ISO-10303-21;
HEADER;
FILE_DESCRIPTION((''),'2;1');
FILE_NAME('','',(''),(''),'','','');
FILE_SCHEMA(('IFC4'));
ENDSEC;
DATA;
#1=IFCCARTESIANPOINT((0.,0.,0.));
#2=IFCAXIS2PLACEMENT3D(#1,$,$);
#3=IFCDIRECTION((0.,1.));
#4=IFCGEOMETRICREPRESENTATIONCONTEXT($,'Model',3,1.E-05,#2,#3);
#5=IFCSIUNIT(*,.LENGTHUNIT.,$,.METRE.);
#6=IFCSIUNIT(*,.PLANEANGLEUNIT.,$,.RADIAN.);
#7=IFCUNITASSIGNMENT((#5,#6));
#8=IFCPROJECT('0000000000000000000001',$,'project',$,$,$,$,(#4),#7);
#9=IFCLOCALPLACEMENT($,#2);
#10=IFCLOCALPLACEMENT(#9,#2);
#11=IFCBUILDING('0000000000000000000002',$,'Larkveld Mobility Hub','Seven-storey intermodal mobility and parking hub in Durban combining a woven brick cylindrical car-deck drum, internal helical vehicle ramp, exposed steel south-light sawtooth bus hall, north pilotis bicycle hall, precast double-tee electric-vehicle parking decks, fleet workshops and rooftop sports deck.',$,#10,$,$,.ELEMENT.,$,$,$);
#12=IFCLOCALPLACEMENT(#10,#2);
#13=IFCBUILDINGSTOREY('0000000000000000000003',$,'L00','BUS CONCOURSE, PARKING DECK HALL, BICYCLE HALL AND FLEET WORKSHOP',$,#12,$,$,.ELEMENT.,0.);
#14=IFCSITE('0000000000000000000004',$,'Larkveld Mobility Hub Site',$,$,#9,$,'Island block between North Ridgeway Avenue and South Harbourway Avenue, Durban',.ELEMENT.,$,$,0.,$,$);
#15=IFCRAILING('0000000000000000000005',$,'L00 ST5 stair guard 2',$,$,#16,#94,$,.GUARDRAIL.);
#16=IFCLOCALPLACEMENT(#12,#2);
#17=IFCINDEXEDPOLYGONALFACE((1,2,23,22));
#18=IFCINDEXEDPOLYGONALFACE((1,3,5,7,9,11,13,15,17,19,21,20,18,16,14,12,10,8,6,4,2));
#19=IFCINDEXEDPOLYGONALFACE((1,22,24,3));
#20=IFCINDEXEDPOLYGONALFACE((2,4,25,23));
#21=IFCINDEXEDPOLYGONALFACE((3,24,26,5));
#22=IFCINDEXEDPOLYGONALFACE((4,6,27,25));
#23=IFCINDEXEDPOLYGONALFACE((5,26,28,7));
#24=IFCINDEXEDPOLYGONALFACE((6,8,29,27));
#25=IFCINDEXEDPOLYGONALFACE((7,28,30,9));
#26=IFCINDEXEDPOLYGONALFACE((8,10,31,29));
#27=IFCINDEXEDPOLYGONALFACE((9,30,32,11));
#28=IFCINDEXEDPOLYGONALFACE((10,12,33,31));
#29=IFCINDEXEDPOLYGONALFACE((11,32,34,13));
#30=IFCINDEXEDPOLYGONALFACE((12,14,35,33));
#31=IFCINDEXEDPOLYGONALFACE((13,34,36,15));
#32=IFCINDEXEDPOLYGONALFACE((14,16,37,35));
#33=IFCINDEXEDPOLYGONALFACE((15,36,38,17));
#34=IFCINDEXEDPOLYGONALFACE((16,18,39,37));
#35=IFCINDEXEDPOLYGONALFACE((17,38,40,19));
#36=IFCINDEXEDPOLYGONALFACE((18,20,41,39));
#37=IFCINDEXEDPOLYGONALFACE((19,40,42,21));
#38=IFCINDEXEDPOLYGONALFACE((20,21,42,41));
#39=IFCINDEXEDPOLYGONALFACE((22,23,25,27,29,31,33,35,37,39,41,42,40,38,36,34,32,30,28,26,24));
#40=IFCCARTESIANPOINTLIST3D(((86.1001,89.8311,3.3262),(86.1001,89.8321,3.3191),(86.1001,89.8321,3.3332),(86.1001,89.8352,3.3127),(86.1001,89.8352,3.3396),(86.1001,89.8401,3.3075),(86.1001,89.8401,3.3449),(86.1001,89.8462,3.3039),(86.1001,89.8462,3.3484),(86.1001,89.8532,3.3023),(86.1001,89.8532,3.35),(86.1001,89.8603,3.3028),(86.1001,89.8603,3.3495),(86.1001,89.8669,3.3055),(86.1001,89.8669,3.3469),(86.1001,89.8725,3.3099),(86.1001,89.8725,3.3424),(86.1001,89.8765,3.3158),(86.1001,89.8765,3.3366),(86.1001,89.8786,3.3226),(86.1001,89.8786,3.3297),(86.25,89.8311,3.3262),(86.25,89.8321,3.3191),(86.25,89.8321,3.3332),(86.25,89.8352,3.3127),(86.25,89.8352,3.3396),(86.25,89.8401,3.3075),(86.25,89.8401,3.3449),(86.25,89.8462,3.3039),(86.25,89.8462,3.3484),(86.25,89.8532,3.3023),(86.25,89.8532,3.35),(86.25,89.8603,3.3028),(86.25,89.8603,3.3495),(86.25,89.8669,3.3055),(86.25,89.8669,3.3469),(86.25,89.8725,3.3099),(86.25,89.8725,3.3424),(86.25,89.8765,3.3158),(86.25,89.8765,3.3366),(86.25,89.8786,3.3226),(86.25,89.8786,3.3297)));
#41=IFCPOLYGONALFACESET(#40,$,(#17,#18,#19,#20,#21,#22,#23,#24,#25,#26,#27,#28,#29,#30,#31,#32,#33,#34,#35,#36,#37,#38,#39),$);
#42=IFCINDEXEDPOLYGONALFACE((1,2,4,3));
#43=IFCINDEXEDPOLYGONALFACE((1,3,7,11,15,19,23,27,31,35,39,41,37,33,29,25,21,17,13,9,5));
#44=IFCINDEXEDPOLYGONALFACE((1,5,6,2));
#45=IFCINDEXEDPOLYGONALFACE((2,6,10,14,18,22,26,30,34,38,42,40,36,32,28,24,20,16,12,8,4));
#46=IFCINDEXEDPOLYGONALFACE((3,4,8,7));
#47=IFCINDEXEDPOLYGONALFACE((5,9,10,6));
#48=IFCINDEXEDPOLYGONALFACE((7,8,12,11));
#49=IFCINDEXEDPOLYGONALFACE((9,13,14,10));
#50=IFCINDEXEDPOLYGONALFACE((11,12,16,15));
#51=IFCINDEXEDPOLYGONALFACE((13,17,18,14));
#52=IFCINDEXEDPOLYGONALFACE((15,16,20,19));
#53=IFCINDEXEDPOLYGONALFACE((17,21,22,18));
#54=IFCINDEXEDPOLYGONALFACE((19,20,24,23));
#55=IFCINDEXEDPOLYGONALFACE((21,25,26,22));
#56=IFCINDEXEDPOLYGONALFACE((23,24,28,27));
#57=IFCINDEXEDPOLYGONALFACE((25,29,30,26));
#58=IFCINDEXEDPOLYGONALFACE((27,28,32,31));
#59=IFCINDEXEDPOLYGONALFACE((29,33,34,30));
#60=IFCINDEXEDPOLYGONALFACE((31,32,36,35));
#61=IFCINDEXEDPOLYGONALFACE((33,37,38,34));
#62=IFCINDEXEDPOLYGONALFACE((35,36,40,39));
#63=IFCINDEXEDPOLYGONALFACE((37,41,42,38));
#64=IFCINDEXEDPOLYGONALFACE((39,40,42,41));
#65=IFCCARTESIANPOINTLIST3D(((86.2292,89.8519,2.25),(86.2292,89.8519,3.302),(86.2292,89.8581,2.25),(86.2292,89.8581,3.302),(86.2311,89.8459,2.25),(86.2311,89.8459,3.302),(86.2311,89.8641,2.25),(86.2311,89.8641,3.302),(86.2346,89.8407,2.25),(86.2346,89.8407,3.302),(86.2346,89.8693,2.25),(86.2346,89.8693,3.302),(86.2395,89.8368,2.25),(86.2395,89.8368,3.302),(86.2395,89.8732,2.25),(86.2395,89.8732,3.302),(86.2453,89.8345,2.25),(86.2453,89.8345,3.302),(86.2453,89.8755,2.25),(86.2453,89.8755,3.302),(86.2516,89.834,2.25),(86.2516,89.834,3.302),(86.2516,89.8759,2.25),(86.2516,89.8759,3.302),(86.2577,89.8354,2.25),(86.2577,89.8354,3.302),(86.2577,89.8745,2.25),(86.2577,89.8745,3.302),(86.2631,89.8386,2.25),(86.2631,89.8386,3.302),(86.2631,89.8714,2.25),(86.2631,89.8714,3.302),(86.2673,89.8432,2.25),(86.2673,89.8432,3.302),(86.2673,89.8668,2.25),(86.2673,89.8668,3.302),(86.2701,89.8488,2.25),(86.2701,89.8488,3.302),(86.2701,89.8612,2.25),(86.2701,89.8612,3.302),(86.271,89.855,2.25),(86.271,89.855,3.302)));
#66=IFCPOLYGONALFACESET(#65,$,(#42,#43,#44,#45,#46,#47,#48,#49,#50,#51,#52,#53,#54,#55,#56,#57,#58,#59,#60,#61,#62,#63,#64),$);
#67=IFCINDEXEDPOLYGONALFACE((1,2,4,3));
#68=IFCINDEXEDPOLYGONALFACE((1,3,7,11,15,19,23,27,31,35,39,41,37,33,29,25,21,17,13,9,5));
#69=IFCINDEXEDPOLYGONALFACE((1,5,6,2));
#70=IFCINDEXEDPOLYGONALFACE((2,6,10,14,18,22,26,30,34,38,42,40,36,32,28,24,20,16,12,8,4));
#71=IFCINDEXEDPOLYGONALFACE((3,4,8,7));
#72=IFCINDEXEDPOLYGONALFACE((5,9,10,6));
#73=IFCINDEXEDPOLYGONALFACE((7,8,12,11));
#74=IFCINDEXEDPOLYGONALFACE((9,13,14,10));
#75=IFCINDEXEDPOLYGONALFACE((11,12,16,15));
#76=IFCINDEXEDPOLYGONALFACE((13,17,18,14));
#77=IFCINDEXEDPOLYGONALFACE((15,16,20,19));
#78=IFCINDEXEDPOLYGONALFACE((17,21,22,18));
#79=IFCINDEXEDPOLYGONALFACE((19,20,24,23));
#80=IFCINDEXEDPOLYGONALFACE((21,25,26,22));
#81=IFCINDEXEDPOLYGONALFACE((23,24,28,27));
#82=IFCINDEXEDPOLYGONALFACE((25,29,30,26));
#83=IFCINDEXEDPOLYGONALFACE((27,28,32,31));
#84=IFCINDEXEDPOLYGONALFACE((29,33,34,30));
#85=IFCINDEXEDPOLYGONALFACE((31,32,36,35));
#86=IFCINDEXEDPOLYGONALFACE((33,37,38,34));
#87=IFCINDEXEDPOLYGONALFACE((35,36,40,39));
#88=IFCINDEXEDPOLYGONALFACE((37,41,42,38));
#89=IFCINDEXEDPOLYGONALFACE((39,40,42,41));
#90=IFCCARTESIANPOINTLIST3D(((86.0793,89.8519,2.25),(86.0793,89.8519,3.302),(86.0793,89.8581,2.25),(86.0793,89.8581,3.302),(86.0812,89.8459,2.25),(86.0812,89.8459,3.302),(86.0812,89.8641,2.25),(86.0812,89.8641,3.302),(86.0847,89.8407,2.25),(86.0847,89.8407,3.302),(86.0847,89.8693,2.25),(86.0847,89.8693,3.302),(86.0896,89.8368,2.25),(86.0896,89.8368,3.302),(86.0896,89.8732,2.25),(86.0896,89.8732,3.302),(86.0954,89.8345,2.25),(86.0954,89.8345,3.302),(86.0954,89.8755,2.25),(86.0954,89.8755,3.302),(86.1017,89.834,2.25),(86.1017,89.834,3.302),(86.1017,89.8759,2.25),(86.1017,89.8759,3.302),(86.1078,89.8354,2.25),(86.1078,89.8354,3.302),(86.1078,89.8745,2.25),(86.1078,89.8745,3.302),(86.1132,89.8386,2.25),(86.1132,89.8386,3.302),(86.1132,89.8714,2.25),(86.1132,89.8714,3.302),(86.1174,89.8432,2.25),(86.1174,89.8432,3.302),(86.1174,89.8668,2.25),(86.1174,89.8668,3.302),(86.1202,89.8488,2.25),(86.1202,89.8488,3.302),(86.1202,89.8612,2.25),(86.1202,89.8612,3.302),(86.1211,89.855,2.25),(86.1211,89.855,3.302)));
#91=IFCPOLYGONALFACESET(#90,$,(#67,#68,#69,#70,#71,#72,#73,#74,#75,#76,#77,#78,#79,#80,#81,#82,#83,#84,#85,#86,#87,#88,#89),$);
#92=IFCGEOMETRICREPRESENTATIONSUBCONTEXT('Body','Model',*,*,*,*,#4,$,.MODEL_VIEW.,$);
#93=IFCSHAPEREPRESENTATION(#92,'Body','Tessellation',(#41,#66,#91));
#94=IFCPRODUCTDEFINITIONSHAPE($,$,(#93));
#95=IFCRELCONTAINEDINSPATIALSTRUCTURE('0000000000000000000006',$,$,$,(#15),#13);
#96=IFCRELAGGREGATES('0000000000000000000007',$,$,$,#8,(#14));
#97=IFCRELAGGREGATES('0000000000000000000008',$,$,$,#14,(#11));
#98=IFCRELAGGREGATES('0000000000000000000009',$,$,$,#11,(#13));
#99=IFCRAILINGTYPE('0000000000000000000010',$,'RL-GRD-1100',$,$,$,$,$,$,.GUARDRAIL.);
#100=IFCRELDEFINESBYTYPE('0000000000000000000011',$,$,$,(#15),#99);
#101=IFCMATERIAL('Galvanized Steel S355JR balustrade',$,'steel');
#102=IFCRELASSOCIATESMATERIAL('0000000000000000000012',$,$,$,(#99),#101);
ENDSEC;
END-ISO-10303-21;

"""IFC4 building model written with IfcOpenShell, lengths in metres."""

from ifc_helpers import new_model, si_unit, direction, frame, origin, origin_2d, place, context, subcontext, project, spatial, circle, extrude, material, type_object, element, save


model = new_model("IFC4")

# Units and contexts
model_context = context("Model", 3, precision=1e-05, world=origin(), true_north=direction((0.0, 1.0)))
body_context = subcontext(model_context, "Body", "Model", "MODEL_VIEW")
ifc_project = project(units=[si_unit("LENGTHUNIT", "METRE"), si_unit("PLANEANGLEUNIT", "RADIAN")], contexts=[model_context])

# Site, building, storey
site_placement = place(None, origin())
site = spatial("IfcSite", under=ifc_project, at=site_placement, Name="Larkveld Mobility Hub Site", LongName="Island block between North Ridgeway Avenue and South Harbourway Avenue, Durban", CompositionType="ELEMENT", RefElevation=0.0)
building_placement = place(site_placement, origin())
building = spatial("IfcBuilding", under=site, at=building_placement, Name="Larkveld Mobility Hub", Description="Seven-storey intermodal mobility and parking hub in Durban combining a woven brick cylindrical car-deck drum, internal helical vehicle ramp, exposed steel south-light sawtooth bus hall, north pilotis bicycle hall, precast double-tee electric-vehicle parking decks, fleet workshops and rooftop sports deck.", CompositionType="ELEMENT")
storey_placement = place(building_placement, origin())
storey = spatial("IfcBuildingStorey", under=building, at=storey_placement, Name="L00", Description="BUS CONCOURSE, PARKING DECK HALL, BICYCLE HALL AND FLEET WORKSHOP", CompositionType="ELEMENT", Elevation=0.0)

# Railing
ifc_material_1 = material(Name="Galvanized Steel S355JR balustrade", Category="steel")
railing_type_1 = type_object("IfcRailingType", Name="RL-GRD-1100", PredefinedType="GUARDRAIL", material=ifc_material_1)
railing_1_placement = place(storey_placement, frame((86.25, 89.855, 2.25)))
element("IfcRailing", 1, at=railing_1_placement, inside=storey, type_object=railing_type_1, Name="L00 ST5 stair guard 2", PredefinedType="GUARDRAIL", context=body_context, shape_type="SweptSolid", body=[
    extrude(circle(Radius=0.0239, at=origin_2d()), frame((0.0, 0.0, 1.0762), z_axis=(-1.0, 0.0, 0.0), x_axis=(0.0, -1.0, 0.0)), (0.0, 0.0, 1.0), 0.1499),
    extrude(circle(Radius=0.021, at=origin_2d()), origin(), (0.0, 0.0, 1.0), 1.052),
    extrude(circle(Radius=0.021, at=origin_2d()), frame((-0.1499, 0.0, 0.0)), (0.0, 0.0, 1.0), 1.052),
])

save(model, "model.ifc")
